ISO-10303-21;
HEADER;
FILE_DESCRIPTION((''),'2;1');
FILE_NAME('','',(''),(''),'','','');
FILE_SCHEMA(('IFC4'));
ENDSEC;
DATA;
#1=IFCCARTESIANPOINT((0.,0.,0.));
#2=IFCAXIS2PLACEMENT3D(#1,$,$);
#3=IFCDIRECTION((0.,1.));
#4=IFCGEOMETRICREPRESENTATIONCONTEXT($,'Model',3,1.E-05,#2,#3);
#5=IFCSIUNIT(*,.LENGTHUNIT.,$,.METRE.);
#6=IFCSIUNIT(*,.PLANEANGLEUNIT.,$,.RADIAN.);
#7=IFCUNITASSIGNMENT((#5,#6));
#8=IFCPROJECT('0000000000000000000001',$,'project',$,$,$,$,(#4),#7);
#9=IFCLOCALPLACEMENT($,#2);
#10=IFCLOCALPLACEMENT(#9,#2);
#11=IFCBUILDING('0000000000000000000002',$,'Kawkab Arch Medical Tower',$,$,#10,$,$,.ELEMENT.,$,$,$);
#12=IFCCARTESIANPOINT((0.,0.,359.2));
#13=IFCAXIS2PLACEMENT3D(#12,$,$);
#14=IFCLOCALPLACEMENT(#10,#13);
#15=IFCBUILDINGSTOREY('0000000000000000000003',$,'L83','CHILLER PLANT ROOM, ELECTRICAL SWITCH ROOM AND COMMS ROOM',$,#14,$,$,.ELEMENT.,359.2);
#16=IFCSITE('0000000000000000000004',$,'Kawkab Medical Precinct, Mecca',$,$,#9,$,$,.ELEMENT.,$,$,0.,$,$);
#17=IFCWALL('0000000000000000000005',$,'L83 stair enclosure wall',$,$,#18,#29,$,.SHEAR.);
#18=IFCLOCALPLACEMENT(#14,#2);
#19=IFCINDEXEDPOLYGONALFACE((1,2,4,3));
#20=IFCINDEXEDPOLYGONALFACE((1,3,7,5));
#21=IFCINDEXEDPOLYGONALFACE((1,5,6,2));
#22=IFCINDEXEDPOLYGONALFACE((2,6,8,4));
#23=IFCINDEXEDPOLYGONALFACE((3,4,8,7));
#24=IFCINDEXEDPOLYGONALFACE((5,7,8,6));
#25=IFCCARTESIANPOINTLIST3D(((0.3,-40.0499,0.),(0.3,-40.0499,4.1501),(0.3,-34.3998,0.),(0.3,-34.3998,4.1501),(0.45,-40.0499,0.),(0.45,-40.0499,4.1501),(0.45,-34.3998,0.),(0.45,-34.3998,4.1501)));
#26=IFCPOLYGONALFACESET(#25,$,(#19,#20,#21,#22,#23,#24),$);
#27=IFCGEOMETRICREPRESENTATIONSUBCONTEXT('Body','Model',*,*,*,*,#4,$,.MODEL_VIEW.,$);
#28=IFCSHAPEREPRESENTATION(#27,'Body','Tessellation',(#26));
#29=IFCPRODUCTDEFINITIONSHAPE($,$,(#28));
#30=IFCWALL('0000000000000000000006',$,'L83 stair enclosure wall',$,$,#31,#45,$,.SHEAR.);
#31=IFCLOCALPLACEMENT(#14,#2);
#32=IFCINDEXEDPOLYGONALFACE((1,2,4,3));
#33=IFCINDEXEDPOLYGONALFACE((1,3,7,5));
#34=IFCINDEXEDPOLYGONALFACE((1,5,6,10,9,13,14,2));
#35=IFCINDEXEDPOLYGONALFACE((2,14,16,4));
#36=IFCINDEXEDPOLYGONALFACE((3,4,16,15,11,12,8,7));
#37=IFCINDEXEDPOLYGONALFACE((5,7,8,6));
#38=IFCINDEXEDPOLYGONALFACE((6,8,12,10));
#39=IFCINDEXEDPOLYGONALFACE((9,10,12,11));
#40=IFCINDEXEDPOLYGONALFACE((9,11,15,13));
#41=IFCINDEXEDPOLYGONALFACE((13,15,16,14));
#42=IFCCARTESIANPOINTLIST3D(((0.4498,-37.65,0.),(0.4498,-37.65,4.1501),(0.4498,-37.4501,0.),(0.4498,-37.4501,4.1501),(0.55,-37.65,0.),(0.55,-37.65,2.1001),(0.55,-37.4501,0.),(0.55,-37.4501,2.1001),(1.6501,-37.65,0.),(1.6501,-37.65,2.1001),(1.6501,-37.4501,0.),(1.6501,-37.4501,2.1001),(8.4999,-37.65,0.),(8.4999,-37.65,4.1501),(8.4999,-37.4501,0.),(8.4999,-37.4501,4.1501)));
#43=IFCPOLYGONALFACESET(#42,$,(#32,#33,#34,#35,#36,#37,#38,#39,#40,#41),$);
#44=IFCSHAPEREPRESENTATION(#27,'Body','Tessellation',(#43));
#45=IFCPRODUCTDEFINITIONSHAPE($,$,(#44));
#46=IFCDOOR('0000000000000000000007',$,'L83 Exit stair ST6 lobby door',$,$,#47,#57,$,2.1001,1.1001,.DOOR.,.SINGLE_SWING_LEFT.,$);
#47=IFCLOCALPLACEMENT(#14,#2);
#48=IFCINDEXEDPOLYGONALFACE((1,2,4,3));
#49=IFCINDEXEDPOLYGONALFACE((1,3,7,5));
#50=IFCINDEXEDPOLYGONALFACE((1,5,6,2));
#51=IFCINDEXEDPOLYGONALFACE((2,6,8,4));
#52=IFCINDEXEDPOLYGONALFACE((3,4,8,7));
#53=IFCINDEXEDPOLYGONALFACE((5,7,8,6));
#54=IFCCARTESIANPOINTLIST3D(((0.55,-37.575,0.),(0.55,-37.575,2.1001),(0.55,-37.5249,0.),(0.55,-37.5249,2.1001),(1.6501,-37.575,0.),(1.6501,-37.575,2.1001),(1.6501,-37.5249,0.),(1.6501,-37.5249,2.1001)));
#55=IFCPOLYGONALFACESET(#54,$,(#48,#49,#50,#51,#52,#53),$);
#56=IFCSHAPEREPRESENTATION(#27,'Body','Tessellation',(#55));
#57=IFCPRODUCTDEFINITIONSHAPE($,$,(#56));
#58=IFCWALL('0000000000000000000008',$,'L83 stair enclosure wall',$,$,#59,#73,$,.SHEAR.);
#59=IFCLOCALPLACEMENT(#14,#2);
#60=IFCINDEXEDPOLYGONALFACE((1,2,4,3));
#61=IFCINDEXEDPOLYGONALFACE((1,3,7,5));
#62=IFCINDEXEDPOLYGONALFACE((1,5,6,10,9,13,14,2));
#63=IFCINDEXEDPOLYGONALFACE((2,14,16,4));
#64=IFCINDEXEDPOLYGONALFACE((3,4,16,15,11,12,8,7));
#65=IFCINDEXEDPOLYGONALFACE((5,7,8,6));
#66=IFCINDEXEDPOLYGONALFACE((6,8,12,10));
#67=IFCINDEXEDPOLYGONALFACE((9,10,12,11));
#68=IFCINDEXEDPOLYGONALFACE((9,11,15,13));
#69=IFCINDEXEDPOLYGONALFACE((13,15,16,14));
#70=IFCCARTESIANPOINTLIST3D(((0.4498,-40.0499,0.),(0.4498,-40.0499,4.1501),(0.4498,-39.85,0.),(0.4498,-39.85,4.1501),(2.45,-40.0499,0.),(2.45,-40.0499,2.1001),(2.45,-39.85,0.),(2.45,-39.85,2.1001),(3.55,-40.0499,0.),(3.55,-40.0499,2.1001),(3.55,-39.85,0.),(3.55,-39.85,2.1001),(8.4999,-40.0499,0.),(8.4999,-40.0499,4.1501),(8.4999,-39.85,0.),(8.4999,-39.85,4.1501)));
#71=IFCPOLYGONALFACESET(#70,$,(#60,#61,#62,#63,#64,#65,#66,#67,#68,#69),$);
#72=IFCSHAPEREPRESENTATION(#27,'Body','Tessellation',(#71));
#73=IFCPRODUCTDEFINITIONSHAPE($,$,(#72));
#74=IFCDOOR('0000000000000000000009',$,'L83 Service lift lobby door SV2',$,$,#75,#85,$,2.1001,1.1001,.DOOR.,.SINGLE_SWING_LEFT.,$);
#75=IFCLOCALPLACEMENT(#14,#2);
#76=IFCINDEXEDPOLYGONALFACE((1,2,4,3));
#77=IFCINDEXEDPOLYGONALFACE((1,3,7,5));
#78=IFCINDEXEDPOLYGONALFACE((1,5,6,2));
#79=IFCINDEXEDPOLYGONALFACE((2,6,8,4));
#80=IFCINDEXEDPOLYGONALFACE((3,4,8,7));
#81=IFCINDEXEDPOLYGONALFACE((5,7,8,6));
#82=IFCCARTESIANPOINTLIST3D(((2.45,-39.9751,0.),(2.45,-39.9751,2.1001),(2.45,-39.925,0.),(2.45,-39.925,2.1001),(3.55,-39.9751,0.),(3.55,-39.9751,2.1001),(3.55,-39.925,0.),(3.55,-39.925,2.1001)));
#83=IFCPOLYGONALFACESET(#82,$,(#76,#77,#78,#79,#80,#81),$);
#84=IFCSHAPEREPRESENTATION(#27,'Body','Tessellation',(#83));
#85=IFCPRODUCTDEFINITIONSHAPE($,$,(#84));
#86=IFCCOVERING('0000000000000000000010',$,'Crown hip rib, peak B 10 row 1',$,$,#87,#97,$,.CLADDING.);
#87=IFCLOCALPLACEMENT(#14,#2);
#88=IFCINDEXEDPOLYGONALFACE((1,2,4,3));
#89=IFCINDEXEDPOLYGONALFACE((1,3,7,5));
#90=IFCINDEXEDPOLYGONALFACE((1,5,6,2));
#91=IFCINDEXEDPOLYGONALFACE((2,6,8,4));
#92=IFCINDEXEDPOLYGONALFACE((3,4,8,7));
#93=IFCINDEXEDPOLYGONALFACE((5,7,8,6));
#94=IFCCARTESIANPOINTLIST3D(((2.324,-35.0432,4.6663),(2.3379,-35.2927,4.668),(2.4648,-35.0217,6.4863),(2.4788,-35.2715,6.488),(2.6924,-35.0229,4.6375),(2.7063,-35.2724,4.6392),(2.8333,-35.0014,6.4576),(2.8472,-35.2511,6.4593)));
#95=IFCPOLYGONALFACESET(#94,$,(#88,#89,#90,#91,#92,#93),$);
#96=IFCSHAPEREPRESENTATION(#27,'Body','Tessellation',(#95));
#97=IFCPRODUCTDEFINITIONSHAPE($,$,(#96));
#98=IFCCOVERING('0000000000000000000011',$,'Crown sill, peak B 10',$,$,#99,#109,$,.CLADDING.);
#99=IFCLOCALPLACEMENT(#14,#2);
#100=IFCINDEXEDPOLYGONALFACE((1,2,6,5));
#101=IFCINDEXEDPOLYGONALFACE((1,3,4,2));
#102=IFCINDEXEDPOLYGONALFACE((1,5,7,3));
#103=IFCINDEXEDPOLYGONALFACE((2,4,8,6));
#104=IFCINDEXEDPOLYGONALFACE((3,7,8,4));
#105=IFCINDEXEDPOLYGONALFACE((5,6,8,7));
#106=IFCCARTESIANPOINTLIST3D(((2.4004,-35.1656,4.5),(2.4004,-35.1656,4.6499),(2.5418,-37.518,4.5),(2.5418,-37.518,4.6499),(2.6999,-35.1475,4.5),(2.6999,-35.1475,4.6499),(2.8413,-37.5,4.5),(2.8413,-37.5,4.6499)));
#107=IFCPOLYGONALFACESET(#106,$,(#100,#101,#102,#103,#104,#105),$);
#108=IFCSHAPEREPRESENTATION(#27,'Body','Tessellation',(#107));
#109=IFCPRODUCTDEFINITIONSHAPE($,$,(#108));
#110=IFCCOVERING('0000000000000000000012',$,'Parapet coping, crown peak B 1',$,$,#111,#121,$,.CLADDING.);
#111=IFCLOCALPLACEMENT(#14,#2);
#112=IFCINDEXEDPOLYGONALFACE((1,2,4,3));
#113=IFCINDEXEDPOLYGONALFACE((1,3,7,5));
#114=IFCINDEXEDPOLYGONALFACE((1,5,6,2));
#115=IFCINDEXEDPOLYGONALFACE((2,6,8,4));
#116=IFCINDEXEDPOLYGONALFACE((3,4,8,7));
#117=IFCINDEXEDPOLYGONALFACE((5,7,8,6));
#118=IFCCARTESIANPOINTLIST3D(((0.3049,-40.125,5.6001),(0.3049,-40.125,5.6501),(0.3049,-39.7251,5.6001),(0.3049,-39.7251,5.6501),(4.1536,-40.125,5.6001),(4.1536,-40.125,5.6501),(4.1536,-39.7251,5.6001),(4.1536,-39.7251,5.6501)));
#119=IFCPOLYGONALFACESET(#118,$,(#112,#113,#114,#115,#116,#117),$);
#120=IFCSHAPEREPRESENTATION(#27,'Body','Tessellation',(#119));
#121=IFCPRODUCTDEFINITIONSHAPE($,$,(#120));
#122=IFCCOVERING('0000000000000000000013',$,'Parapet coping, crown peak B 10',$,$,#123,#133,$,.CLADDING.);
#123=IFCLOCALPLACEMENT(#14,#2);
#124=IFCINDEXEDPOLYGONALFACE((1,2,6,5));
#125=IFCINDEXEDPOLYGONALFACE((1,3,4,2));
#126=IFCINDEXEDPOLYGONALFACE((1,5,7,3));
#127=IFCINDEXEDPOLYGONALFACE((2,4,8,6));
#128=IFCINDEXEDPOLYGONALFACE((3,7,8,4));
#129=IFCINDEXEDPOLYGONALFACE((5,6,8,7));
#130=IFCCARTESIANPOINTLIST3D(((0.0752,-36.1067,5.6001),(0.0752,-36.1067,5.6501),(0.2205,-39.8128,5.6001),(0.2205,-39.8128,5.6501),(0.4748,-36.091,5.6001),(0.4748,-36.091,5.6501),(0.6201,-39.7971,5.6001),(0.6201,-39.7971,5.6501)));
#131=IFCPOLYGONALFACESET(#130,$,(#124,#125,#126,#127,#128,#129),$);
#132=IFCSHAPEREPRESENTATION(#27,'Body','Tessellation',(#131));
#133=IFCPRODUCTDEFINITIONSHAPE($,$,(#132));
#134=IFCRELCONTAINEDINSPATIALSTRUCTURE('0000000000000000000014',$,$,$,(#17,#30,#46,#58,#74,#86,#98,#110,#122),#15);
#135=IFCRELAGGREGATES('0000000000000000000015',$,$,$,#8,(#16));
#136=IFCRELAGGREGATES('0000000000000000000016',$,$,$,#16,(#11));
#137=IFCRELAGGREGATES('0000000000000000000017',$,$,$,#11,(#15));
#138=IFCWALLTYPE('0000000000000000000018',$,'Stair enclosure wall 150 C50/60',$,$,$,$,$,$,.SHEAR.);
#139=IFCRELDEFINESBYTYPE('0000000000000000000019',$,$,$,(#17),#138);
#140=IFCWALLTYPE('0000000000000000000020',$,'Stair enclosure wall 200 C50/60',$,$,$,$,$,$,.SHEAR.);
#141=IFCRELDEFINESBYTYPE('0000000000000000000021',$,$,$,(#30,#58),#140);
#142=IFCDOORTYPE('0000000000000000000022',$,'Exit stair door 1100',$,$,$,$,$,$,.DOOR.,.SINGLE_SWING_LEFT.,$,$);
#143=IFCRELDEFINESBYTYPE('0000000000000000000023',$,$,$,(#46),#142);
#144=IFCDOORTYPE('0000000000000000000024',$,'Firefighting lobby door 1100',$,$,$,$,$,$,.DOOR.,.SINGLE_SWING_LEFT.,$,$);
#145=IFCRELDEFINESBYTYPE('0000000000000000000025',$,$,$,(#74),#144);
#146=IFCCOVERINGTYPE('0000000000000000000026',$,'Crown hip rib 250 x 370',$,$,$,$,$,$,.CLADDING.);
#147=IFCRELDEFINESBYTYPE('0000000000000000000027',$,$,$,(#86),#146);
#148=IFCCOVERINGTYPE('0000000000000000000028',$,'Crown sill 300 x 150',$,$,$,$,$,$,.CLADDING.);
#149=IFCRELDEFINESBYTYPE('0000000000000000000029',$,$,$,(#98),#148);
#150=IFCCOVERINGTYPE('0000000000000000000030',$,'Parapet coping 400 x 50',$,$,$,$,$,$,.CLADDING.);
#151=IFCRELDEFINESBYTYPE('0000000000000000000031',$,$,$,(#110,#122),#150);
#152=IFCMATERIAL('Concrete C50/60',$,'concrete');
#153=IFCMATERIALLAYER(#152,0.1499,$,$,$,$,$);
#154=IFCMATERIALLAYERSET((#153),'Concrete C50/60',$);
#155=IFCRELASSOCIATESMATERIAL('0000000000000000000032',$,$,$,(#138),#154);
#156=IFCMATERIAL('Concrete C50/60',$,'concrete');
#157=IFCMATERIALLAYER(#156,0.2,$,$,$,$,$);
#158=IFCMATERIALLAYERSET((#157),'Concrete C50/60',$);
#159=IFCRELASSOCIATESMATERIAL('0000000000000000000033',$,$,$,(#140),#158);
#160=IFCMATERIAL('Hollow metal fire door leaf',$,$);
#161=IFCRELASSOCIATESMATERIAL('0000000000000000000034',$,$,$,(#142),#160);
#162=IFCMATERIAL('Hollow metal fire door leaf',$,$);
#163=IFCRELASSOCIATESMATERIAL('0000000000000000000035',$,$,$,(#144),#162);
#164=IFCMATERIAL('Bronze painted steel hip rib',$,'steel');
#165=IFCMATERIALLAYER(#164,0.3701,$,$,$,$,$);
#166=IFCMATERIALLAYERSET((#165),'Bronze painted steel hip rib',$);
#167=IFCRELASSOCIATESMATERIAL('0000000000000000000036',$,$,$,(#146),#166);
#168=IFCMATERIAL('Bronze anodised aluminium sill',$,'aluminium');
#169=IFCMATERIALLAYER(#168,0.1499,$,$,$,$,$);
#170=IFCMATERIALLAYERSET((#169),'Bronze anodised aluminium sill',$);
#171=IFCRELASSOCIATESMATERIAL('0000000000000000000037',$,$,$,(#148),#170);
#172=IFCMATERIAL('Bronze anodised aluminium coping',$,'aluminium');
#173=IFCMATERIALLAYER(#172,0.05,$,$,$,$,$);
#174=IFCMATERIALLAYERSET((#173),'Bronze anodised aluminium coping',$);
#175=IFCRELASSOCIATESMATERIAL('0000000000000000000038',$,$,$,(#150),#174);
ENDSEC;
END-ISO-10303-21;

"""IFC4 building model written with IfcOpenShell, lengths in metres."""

from ifc_helpers import new_model, si_unit, direction, frame, frame_2d, origin, origin_2d, place, context, subcontext, project, spatial, polyline, rectangle, outline, extrude, material, layer, layer_set, type_object, element, fill, save


model = new_model("IFC4")

# Units and contexts
model_context = context("Model", 3, precision=1e-05, world=origin(), true_north=direction((0.0, 1.0)))
body_context = subcontext(model_context, "Body", "Model", "MODEL_VIEW")
ifc_project = project(units=[si_unit("LENGTHUNIT", "METRE"), si_unit("PLANEANGLEUNIT", "RADIAN")], contexts=[model_context])

# Site, building, storey
site_placement = place(None, origin())
site = spatial("IfcSite", under=ifc_project, at=site_placement, Name="Kawkab Medical Precinct, Mecca", CompositionType="ELEMENT", RefElevation=0.0)
building_placement = place(site_placement, origin())
building = spatial("IfcBuilding", under=site, at=building_placement, Name="Kawkab Arch Medical Tower", CompositionType="ELEMENT")
storey_placement = place(building_placement, frame((0.0, 0.0, 359.2)))
storey = spatial("IfcBuildingStorey", under=building, at=storey_placement, Name="L83", Description="CHILLER PLANT ROOM, ELECTRICAL SWITCH ROOM AND COMMS ROOM", CompositionType="ELEMENT", Elevation=359.2)

# Wall
ifc_material_1 = material(Name="Concrete C50/60", Category="concrete")
ifc_layer_1 = layer(ifc_material_1, 0.1499)
ifc_layer_set_1 = layer_set([ifc_layer_1], Name="Concrete C50/60")
wall_type_1 = type_object("IfcWallType", Name="Stair enclosure wall 150 C50/60", PredefinedType="SHEAR", material=ifc_layer_set_1)
wall_1_placement = place(storey_placement, frame((0.375, -40.05, 0.0), z_axis=(0.0, 0.0, 1.0), x_axis=(0.0, 1.0, 0.0)))
element("IfcWall", 1, at=wall_1_placement, inside=storey, type_object=wall_type_1, Name="L83 stair enclosure wall", PredefinedType="SHEAR", context=body_context, shape_type="SweptSolid", body=[
    extrude(rectangle(XDim=5.6501, YDim=0.1499, at=frame_2d((2.8252, 0.0))), origin(), (0.0, 0.0, 1.0), 4.1501),
])

# Walls, openings, doors
ifc_material_2 = material(Name="Concrete C50/60", Category="concrete")
ifc_layer_2 = layer(ifc_material_2, 0.2)
ifc_layer_set_2 = layer_set([ifc_layer_2], Name="Concrete C50/60")
wall_type_2 = type_object("IfcWallType", Name="Stair enclosure wall 200 C50/60", PredefinedType="SHEAR", material=ifc_layer_set_2)
wall_2_placement = place(storey_placement, frame((0.45, -37.55, 0.0), z_axis=(0.0, 0.0, 1.0), x_axis=(1.0, 0.0, 0.0)))
wall_2 = element("IfcWall", 2, at=wall_2_placement, inside=storey, type_object=wall_type_2, Name="L83 stair enclosure wall", PredefinedType="SHEAR", context=body_context, shape_type="SweptSolid", body=[
    extrude(rectangle(XDim=8.05, YDim=0.2, at=frame_2d((4.0249, 0.0))), origin(), (0.0, 0.0, 1.0), 4.1501),
])
opening_1_placement = place(wall_2_placement, frame((0.1001, 0.0, 0.0)))
opening_1 = element("IfcOpeningElement", 3, at=opening_1_placement, cuts=wall_2, PredefinedType="OPENING", context=body_context, shape_type="SweptSolid", body=[
    extrude(rectangle(XDim=1.1001, YDim=2.1001, at=frame_2d((0.55, 1.05))), frame((0.0, 0.1099, 0.0), z_axis=(0.0, -1.0, 0.0), x_axis=(1.0, 0.0, 0.0)), (0.0, 0.0, 1.0), 0.22),
])
ifc_material_3 = material(Name="Hollow metal fire door leaf")
door_type_1 = type_object("IfcDoorType", Name="Exit stair door 1100", OperationType="SINGLE_SWING_LEFT", PredefinedType="DOOR", material=ifc_material_3)
door_1_placement = place(opening_1_placement, frame((1.1001, 0.0, 0.0), z_axis=(0.0, 0.0, 1.0), x_axis=(-1.0, 0.0, 0.0)))
door_1 = element("IfcDoor", 4, at=door_1_placement, inside=storey, type_object=door_type_1, Name="L83 Exit stair ST6 lobby door", OperationType="SINGLE_SWING_LEFT", OverallHeight=2.1001, OverallWidth=1.1001, PredefinedType="DOOR", context=body_context, shape_type="SweptSolid", body=[
    extrude(rectangle(XDim=1.1001, YDim=2.1001, at=frame_2d((0.55, 1.05))), frame((0.0, 0.0249, 0.0), z_axis=(0.0, -1.0, 0.0), x_axis=(1.0, 0.0, 0.0)), (0.0, 0.0, 1.0), 0.05),
])
fill(opening_1, door_1)
wall_3_placement = place(storey_placement, frame((0.45, -39.95, 0.0), z_axis=(0.0, 0.0, 1.0), x_axis=(1.0, 0.0, 0.0)))
wall_3 = element("IfcWall", 5, at=wall_3_placement, inside=storey, type_object=wall_type_2, Name="L83 stair enclosure wall", PredefinedType="SHEAR", context=body_context, shape_type="SweptSolid", body=[
    extrude(rectangle(XDim=8.05, YDim=0.2, at=frame_2d((4.0249, 0.0))), origin(), (0.0, 0.0, 1.0), 4.1501),
])
opening_2_placement = place(wall_3_placement, frame((2.0, 0.0, 0.0)))
opening_2 = element("IfcOpeningElement", 6, at=opening_2_placement, cuts=wall_3, PredefinedType="OPENING", context=body_context, shape_type="SweptSolid", body=[
    extrude(rectangle(XDim=1.1001, YDim=2.1001, at=frame_2d((0.55, 1.05))), frame((0.0, 0.1099, 0.0), z_axis=(0.0, -1.0, 0.0), x_axis=(1.0, 0.0, 0.0)), (0.0, 0.0, 1.0), 0.22),
])
ifc_material_4 = material(Name="Hollow metal fire door leaf")
door_type_2 = type_object("IfcDoorType", Name="Firefighting lobby door 1100", OperationType="SINGLE_SWING_LEFT", PredefinedType="DOOR", material=ifc_material_4)
door_2_placement = place(opening_2_placement, origin())
door_2 = element("IfcDoor", 7, at=door_2_placement, inside=storey, type_object=door_type_2, Name="L83 Service lift lobby door SV2", OperationType="SINGLE_SWING_LEFT", OverallHeight=2.1001, OverallWidth=1.1001, PredefinedType="DOOR", context=body_context, shape_type="SweptSolid", body=[
    extrude(rectangle(XDim=1.1001, YDim=2.1001, at=frame_2d((0.55, 1.05))), frame((0.0, 0.0249, 0.0), z_axis=(0.0, -1.0, 0.0), x_axis=(1.0, 0.0, 0.0)), (0.0, 0.0, 1.0), 0.05),
])
fill(opening_2, door_2)

# Coverings
ifc_material_5 = material(Name="Bronze painted steel hip rib", Category="steel")
ifc_layer_3 = layer(ifc_material_5, 0.3701)
ifc_layer_set_3 = layer_set([ifc_layer_3], Name="Bronze painted steel hip rib")
covering_type_1 = type_object("IfcCoveringType", Name="Crown hip rib 250 x 370", PredefinedType="CLADDING", material=ifc_layer_set_3)
covering_1_placement = place(storey_placement, frame((2.3379, -35.2927, 4.668), z_axis=(-0.995461, -0.054961, 0.077692), x_axis=(0.077165, 0.011635, 0.99695)))
element("IfcCovering", 8, at=covering_1_placement, inside=storey, type_object=covering_type_1, Name="Crown hip rib, peak B 10 row 1", PredefinedType="CLADDING", context=body_context, shape_type="SweptSolid", body=[
    extrude(outline(polyline([(0.0, 0.0), (1.8256, 0.0), (1.8258, 0.2501), (0.0001, 0.2499), (0.0, 0.0)])), origin(), (0.0, 0.0, -1.0), 0.3701),
])
ifc_material_6 = material(Name="Bronze anodised aluminium sill", Category="aluminium")
ifc_layer_4 = layer(ifc_material_6, 0.1499)
ifc_layer_set_4 = layer_set([ifc_layer_4], Name="Bronze anodised aluminium sill")
covering_type_2 = type_object("IfcCoveringType", Name="Crown sill 300 x 150", PredefinedType="CLADDING", material=ifc_layer_set_4)
covering_2_placement = place(storey_placement, frame((2.6208, -36.3328, 4.5), z_axis=(0.0, 0.0, 1.0), x_axis=(0.060033, -0.998196, 0.0)))
element("IfcCovering", 9, at=covering_2_placement, inside=storey, type_object=covering_type_2, Name="Crown sill, peak B 10", PredefinedType="CLADDING", context=body_context, shape_type="SweptSolid", body=[
    extrude(rectangle(XDim=2.3567, YDim=0.3, at=origin_2d()), origin(), (0.0, 0.0, 1.0), 0.1499),
])
ifc_material_7 = material(Name="Bronze anodised aluminium coping", Category="aluminium")
ifc_layer_5 = layer(ifc_material_7, 0.05)
ifc_layer_set_5 = layer_set([ifc_layer_5], Name="Bronze anodised aluminium coping")
covering_type_3 = type_object("IfcCoveringType", Name="Parapet coping 400 x 50", PredefinedType="CLADDING", material=ifc_layer_set_5)
covering_3_placement = place(storey_placement, frame((2.2292, -39.925, 5.6001), z_axis=(0.0, 0.0, 1.0), x_axis=(1.0, 0.0, 0.0)))
element("IfcCovering", 10, at=covering_3_placement, inside=storey, type_object=covering_type_3, Name="Parapet coping, crown peak B 1", PredefinedType="CLADDING", context=body_context, shape_type="SweptSolid", body=[
    extrude(rectangle(XDim=3.8486, YDim=0.3999, at=origin_2d()), origin(), (0.0, 0.0, 1.0), 0.05),
])
covering_4_placement = place(storey_placement, frame((0.3477, -37.9519, 5.6001), z_axis=(0.0, 0.0, 1.0), x_axis=(0.039167, -0.999233, 0.0)))
element("IfcCovering", 11, at=covering_4_placement, inside=storey, type_object=covering_type_3, Name="Parapet coping, crown peak B 10", PredefinedType="CLADDING", context=body_context, shape_type="SweptSolid", body=[
    extrude(rectangle(XDim=3.709, YDim=0.3999, at=origin_2d()), origin(), (0.0, 0.0, 1.0), 0.05),
])

save(model, "model.ifc")
